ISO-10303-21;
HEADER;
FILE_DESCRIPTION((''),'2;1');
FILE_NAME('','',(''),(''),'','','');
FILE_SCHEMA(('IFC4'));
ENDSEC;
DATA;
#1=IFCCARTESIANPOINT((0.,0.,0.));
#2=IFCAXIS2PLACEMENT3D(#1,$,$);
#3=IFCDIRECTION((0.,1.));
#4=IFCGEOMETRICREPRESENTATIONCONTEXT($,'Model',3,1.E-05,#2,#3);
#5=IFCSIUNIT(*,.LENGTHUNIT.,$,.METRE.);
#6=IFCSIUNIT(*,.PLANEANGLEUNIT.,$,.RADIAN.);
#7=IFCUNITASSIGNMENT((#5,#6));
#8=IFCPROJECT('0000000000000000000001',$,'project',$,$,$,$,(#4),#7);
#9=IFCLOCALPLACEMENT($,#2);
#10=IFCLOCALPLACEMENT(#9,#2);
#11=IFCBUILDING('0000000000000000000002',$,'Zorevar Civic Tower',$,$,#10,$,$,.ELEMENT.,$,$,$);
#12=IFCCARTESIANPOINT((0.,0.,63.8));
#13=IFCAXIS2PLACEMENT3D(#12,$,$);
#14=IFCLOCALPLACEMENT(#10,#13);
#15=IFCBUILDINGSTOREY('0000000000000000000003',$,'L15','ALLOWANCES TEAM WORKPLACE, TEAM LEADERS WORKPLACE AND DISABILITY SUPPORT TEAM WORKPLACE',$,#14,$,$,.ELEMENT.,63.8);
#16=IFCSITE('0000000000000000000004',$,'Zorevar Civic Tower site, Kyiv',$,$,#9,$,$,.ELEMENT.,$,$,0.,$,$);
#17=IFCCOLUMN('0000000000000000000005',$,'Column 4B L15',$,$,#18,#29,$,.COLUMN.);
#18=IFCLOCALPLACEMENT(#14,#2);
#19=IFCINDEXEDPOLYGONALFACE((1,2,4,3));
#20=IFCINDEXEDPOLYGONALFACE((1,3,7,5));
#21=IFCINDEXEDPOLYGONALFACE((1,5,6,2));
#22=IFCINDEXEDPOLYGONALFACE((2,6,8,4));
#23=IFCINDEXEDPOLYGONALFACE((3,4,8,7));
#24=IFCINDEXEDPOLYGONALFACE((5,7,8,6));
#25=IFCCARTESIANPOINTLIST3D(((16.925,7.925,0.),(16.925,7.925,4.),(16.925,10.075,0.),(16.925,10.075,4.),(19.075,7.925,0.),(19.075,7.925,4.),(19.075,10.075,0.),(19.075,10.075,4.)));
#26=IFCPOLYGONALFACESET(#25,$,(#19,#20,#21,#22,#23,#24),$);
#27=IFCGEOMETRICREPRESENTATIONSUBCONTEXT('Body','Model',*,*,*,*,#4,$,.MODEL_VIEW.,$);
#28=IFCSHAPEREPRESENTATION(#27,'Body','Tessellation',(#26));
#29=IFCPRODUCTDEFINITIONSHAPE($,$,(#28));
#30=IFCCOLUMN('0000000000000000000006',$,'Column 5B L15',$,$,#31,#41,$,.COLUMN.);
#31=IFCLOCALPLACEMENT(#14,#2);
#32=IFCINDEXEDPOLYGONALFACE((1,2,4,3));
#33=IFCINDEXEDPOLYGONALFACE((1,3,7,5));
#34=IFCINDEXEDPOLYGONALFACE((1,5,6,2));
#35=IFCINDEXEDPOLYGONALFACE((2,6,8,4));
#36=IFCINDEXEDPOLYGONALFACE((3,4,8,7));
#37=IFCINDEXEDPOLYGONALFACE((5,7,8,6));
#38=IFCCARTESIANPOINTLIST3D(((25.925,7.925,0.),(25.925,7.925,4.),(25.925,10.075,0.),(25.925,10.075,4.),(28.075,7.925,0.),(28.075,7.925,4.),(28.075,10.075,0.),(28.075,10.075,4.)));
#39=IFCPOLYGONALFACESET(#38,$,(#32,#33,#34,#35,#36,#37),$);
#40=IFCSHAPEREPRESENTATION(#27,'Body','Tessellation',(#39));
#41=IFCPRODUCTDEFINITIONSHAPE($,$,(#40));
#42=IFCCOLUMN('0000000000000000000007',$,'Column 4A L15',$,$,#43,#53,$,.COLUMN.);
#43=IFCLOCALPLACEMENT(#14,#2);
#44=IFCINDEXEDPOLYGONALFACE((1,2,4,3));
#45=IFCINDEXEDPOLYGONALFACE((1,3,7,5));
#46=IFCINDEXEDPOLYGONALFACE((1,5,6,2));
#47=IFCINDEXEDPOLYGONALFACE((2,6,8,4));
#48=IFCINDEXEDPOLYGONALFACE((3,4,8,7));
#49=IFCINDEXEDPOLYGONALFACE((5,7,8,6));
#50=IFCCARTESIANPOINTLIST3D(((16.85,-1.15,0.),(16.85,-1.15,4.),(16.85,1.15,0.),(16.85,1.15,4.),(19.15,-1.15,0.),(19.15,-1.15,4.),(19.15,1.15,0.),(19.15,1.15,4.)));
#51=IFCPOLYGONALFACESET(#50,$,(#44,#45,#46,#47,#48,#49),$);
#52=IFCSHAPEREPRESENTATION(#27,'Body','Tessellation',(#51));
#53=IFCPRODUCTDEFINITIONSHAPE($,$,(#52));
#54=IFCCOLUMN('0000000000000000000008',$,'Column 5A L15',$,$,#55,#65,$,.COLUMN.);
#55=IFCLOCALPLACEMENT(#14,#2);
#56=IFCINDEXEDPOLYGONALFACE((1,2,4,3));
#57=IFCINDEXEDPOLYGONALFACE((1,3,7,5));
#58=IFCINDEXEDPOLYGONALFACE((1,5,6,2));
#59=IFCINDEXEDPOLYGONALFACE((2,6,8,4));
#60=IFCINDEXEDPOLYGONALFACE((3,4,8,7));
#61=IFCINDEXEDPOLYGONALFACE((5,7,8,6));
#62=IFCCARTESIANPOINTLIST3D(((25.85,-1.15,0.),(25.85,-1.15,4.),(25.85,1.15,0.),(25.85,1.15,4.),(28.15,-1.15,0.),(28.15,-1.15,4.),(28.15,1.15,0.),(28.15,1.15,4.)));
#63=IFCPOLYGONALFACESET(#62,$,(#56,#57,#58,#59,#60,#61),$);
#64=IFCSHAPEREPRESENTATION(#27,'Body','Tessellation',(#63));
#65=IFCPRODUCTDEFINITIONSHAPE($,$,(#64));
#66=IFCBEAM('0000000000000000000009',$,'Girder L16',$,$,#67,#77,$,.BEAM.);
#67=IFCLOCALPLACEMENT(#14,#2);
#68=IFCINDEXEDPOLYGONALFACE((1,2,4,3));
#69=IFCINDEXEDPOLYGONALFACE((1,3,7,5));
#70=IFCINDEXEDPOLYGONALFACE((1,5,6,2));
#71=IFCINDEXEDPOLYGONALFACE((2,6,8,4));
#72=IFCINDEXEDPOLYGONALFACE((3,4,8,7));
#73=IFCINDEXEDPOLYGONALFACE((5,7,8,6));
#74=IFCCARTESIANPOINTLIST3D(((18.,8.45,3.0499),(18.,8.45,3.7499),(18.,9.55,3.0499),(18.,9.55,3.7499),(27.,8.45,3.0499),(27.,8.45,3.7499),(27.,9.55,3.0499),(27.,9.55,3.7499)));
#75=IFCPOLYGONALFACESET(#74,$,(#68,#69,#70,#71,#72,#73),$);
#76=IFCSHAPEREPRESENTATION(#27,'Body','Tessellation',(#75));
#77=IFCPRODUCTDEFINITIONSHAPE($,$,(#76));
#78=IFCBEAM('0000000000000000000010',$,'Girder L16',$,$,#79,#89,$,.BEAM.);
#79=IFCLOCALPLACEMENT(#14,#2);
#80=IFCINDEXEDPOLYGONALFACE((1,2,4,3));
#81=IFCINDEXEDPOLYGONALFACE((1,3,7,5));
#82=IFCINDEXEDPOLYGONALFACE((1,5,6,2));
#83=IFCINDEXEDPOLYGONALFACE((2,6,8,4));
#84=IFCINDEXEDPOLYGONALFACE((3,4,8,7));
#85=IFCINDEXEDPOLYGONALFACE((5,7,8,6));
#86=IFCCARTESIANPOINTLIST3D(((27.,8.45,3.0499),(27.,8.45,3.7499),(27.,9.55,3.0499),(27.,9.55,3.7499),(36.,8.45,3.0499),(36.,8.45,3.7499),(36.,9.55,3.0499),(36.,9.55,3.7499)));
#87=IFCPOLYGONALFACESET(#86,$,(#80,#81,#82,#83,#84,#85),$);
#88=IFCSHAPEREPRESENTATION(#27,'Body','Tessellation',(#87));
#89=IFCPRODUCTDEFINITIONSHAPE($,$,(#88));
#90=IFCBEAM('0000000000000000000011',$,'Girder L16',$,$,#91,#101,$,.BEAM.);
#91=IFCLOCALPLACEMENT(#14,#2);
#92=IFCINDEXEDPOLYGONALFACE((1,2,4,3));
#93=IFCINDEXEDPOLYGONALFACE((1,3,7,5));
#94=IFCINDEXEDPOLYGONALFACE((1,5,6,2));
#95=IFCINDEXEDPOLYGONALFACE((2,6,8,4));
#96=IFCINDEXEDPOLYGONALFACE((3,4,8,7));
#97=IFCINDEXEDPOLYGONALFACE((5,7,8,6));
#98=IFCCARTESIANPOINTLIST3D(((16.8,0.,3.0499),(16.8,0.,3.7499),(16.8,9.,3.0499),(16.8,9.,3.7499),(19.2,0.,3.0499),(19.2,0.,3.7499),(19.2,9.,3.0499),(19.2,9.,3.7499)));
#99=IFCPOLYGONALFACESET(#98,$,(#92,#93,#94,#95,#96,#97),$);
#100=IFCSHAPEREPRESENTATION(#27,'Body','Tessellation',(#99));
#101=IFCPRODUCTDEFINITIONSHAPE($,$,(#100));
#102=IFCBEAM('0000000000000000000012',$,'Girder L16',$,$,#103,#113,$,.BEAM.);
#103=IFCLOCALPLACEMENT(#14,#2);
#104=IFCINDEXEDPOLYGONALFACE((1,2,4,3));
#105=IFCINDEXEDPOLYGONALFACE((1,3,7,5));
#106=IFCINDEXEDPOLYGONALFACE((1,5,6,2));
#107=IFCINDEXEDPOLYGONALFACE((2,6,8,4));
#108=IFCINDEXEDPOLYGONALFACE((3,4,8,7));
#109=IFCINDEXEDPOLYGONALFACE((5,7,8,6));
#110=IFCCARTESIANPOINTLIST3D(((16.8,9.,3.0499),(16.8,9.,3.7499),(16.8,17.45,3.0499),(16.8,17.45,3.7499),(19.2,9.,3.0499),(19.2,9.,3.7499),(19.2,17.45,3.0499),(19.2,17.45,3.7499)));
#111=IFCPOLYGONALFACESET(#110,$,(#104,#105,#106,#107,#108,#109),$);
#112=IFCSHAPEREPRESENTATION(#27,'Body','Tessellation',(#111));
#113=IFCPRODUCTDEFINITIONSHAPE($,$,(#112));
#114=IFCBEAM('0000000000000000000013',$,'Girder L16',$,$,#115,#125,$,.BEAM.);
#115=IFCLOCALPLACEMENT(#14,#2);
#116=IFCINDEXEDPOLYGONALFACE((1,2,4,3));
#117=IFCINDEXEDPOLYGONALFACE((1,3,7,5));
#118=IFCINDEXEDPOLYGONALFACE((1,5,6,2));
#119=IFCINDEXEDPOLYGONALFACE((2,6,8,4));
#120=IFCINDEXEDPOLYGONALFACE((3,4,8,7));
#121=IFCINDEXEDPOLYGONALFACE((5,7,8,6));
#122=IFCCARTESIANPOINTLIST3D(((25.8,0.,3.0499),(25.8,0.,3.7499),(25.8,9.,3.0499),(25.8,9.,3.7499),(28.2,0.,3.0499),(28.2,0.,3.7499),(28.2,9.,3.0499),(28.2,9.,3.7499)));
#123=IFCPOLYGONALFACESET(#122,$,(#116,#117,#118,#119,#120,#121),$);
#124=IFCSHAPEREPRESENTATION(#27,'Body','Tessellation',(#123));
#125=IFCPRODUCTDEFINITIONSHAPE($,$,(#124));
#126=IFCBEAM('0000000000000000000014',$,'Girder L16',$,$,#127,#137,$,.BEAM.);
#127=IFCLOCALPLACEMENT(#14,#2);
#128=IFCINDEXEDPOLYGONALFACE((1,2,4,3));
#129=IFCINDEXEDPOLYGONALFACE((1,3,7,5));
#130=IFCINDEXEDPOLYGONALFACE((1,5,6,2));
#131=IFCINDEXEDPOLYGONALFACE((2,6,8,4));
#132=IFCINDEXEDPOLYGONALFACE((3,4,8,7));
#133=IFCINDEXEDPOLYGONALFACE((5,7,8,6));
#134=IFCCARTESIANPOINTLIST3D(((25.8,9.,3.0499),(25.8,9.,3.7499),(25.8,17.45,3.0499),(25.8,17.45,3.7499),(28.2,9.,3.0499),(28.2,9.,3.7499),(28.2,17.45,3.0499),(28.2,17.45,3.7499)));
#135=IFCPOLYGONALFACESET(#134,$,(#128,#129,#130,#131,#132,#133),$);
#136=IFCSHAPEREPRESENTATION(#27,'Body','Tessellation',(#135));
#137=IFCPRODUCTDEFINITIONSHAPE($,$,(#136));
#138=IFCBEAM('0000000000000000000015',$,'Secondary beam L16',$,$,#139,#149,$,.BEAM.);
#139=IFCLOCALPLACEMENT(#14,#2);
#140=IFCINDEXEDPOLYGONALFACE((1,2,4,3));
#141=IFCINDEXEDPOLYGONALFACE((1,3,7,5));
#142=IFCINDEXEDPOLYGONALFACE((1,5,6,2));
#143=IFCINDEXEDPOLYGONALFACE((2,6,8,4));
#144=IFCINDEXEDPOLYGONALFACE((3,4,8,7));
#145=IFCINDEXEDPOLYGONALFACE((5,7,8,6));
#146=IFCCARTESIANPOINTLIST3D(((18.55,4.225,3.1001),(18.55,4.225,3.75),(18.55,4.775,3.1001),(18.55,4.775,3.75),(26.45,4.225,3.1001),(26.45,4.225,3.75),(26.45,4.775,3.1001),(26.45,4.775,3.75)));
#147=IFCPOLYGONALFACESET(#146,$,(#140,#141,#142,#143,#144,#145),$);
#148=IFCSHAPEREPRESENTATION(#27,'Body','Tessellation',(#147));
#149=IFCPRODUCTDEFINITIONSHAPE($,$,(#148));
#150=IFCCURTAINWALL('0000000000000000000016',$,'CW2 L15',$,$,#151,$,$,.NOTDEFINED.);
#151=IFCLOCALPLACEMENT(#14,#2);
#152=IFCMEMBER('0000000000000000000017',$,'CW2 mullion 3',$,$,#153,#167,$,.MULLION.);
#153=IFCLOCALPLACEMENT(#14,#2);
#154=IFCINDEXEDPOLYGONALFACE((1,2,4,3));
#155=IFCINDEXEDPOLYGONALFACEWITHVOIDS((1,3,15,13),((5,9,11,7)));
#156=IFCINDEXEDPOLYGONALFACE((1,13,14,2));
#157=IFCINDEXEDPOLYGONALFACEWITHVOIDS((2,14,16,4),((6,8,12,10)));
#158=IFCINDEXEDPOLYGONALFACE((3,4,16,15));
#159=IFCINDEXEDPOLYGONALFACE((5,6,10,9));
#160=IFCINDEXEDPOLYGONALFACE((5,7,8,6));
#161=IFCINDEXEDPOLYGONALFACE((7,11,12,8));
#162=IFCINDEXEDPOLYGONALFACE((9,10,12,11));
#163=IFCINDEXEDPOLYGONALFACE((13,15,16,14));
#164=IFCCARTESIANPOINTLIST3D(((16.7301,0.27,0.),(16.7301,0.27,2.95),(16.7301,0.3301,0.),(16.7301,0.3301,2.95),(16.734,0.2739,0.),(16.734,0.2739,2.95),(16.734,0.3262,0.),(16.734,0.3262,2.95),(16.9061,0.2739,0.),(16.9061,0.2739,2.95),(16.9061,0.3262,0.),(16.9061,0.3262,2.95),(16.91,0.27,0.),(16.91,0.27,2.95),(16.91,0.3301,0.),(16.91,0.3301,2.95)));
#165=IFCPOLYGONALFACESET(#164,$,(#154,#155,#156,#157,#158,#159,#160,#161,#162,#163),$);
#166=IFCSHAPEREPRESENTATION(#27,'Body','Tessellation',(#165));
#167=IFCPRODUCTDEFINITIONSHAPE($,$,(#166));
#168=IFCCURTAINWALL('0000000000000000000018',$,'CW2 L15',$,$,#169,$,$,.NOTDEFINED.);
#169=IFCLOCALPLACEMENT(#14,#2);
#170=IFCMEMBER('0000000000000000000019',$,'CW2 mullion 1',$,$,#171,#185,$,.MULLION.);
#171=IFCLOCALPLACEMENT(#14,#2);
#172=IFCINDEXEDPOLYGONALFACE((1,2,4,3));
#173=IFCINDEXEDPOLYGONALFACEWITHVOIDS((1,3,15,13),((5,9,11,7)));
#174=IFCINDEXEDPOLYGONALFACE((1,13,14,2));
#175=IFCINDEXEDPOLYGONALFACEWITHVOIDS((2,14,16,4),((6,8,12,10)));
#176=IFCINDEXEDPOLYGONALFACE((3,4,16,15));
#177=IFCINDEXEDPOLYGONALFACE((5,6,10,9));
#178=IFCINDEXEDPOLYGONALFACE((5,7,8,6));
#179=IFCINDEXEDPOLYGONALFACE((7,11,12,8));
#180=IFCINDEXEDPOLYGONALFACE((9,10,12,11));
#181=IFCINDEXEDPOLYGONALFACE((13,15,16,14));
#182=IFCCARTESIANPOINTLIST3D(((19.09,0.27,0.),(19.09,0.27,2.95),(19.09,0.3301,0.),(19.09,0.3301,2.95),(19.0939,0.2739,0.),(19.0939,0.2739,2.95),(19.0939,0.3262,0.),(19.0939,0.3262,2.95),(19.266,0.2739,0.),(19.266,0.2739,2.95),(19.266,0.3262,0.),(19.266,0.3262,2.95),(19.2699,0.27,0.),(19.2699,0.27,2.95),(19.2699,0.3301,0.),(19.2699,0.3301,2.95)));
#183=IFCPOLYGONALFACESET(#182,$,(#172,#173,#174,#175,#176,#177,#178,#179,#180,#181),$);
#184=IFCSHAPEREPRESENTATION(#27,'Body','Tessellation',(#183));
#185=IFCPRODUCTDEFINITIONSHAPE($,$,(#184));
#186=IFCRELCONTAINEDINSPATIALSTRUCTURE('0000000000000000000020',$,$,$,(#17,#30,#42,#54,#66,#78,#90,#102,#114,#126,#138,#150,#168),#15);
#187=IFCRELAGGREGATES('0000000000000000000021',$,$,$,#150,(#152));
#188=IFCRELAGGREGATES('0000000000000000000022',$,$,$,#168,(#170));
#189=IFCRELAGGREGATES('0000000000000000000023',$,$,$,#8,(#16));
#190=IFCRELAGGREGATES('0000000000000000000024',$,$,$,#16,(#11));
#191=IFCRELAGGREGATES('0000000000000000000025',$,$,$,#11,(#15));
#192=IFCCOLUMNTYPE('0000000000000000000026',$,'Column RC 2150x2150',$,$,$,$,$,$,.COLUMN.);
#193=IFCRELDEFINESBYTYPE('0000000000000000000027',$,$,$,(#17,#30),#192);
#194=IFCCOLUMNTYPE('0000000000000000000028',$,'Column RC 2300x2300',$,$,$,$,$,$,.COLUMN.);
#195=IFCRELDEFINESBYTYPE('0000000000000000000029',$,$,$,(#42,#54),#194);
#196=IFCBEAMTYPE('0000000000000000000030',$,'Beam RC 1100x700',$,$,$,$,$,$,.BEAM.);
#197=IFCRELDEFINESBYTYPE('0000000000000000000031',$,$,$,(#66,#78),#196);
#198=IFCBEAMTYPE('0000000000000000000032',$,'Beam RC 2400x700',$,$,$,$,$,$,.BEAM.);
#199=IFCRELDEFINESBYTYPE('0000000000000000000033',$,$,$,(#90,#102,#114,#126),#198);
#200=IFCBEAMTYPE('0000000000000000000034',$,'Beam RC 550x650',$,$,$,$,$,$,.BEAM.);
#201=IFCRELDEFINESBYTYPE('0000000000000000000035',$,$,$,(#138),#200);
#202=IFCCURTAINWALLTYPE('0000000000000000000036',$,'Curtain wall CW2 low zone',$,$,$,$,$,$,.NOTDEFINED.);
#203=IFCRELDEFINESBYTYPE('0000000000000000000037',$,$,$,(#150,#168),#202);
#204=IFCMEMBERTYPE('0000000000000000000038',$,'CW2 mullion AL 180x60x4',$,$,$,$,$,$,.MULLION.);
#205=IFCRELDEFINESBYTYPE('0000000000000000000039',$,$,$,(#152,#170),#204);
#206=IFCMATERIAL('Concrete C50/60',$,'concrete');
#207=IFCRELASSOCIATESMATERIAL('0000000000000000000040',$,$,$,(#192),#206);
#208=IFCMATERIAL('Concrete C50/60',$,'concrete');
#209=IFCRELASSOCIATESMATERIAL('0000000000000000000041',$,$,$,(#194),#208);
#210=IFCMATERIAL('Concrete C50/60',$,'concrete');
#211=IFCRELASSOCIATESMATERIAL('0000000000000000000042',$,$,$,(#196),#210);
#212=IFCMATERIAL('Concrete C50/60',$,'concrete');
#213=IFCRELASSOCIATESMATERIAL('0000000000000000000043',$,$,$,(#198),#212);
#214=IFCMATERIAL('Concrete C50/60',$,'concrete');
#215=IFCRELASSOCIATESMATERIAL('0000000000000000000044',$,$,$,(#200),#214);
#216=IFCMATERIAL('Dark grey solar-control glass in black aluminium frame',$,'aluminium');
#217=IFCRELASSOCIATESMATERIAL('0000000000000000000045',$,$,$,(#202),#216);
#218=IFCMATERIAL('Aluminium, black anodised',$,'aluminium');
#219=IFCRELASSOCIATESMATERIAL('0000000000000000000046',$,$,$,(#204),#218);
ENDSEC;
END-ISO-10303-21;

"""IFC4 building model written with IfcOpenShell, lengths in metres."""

from ifc_helpers import new_model, si_unit, direction, frame, origin, origin_2d, place, context, subcontext, project, spatial, rectangle, hollow_rectangle, extrude, material, material_profile, profile_set, type_object, element, aggregate, save


model = new_model("IFC4")

# Units and contexts
model_context = context("Model", 3, precision=1e-05, world=origin(), true_north=direction((0.0, 1.0)))
body_context = subcontext(model_context, "Body", "Model", "MODEL_VIEW")
ifc_project = project(units=[si_unit("LENGTHUNIT", "METRE"), si_unit("PLANEANGLEUNIT", "RADIAN")], contexts=[model_context])

# Site, building, storey
site_placement = place(None, origin())
site = spatial("IfcSite", under=ifc_project, at=site_placement, Name="Zorevar Civic Tower site, Kyiv", CompositionType="ELEMENT", RefElevation=0.0)
building_placement = place(site_placement, origin())
building = spatial("IfcBuilding", under=site, at=building_placement, Name="Zorevar Civic Tower", CompositionType="ELEMENT")
storey_placement = place(building_placement, frame((0.0, 0.0, 63.8)))
storey = spatial("IfcBuildingStorey", under=building, at=storey_placement, Name="L15", Description="ALLOWANCES TEAM WORKPLACE, TEAM LEADERS WORKPLACE AND DISABILITY SUPPORT TEAM WORKPLACE", CompositionType="ELEMENT", Elevation=63.8)

# Columns
ifc_material_1 = material(Name="Concrete C50/60", Category="concrete")
ifc_material_profile_1 = material_profile(ifc_material_1, rectangle(XDim=2.1499, YDim=2.1499, at=origin_2d()), Name="RC 2150x2150")
ifc_profile_set_1 = profile_set([ifc_material_profile_1], Name="Concrete C50/60")
column_type_1 = type_object("IfcColumnType", Name="Column RC 2150x2150", PredefinedType="COLUMN", material=ifc_profile_set_1)
for number, where, z_axis, x_axis, name in (
    (1, (18.0, 9.0, 0.0), (0.0, 0.0, 1.0), (1.0, 0.0, 0.0), "Column 4B L15"),
    (2, (27.0, 9.0, 0.0), (0.0, 0.0, 1.0), (1.0, 0.0, 0.0), "Column 5B L15"),
):
    element("IfcColumn", number, at=place(storey_placement, frame(where, z_axis=z_axis, x_axis=x_axis)), inside=storey, type_object=column_type_1, Name=name, PredefinedType="COLUMN", context=body_context, shape_type="SweptSolid", body=[
        extrude(rectangle(XDim=2.1499, YDim=2.1499, at=origin_2d()), origin(), (0.0, 0.0, 1.0), 4.0),
    ])
ifc_material_2 = material(Name="Concrete C50/60", Category="concrete")
ifc_material_profile_2 = material_profile(ifc_material_2, rectangle(XDim=2.3, YDim=2.3, at=origin_2d()), Name="RC 2300x2300")
ifc_profile_set_2 = profile_set([ifc_material_profile_2], Name="Concrete C50/60")
column_type_2 = type_object("IfcColumnType", Name="Column RC 2300x2300", PredefinedType="COLUMN", material=ifc_profile_set_2)
for number, where, z_axis, x_axis, name in (
    (3, (18.0, 0.0, 0.0), (0.0, 0.0, 1.0), (1.0, 0.0, 0.0), "Column 4A L15"),
    (4, (27.0, 0.0, 0.0), (0.0, 0.0, 1.0), (1.0, 0.0, 0.0), "Column 5A L15"),
):
    element("IfcColumn", number, at=place(storey_placement, frame(where, z_axis=z_axis, x_axis=x_axis)), inside=storey, type_object=column_type_2, Name=name, PredefinedType="COLUMN", context=body_context, shape_type="SweptSolid", body=[
        extrude(rectangle(XDim=2.3, YDim=2.3, at=origin_2d()), origin(), (0.0, 0.0, 1.0), 4.0),
    ])

# Beams
ifc_material_3 = material(Name="Concrete C50/60", Category="concrete")
ifc_material_profile_3 = material_profile(ifc_material_3, rectangle(XDim=1.1001, YDim=0.7, at=origin_2d()), Name="RC 1100x700")
ifc_profile_set_3 = profile_set([ifc_material_profile_3], Name="Concrete C50/60")
beam_type_1 = type_object("IfcBeamType", Name="Beam RC 1100x700", PredefinedType="BEAM", material=ifc_profile_set_3)
for number, where, z_axis, x_axis, name in (
    (5, (18.0, 9.0, 3.3999), (1.0, 0.0, 0.0), (0.0, 1.0, 0.0), "Girder L16"),
    (6, (27.0, 9.0, 3.3999), (1.0, 0.0, 0.0), (0.0, 1.0, 0.0), "Girder L16"),
):
    element("IfcBeam", number, at=place(storey_placement, frame(where, z_axis=z_axis, x_axis=x_axis)), inside=storey, type_object=beam_type_1, Name=name, PredefinedType="BEAM", context=body_context, shape_type="SweptSolid", body=[
        extrude(rectangle(XDim=1.1001, YDim=0.7, at=origin_2d()), origin(), (0.0, 0.0, 1.0), 9.0),
    ])
ifc_material_4 = material(Name="Concrete C50/60", Category="concrete")
ifc_material_profile_4 = material_profile(ifc_material_4, rectangle(XDim=2.3999, YDim=0.7, at=origin_2d()), Name="RC 2400x700")
ifc_profile_set_4 = profile_set([ifc_material_profile_4], Name="Concrete C50/60")
beam_type_2 = type_object("IfcBeamType", Name="Beam RC 2400x700", PredefinedType="BEAM", material=ifc_profile_set_4)
beam_1_placement = place(storey_placement, frame((18.0, 0.0, 3.3999), z_axis=(0.0, 1.0, 0.0), x_axis=(-1.0, 0.0, 0.0)))
element("IfcBeam", 7, at=beam_1_placement, inside=storey, type_object=beam_type_2, Name="Girder L16", PredefinedType="BEAM", context=body_context, shape_type="SweptSolid", body=[
    extrude(rectangle(XDim=2.3999, YDim=0.7, at=origin_2d()), origin(), (0.0, 0.0, 1.0), 9.0),
])
beam_2_placement = place(storey_placement, frame((18.0, 9.0, 3.3999), z_axis=(0.0, 1.0, 0.0), x_axis=(-1.0, 0.0, 0.0)))
element("IfcBeam", 8, at=beam_2_placement, inside=storey, type_object=beam_type_2, Name="Girder L16", PredefinedType="BEAM", context=body_context, shape_type="SweptSolid", body=[
    extrude(rectangle(XDim=2.3999, YDim=0.7, at=origin_2d()), origin(), (0.0, 0.0, 1.0), 8.45),
])
beam_3_placement = place(storey_placement, frame((27.0, 0.0, 3.3999), z_axis=(0.0, 1.0, 0.0), x_axis=(-1.0, 0.0, 0.0)))
element("IfcBeam", 9, at=beam_3_placement, inside=storey, type_object=beam_type_2, Name="Girder L16", PredefinedType="BEAM", context=body_context, shape_type="SweptSolid", body=[
    extrude(rectangle(XDim=2.3999, YDim=0.7, at=origin_2d()), origin(), (0.0, 0.0, 1.0), 9.0),
])
beam_4_placement = place(storey_placement, frame((27.0, 9.0, 3.3999), z_axis=(0.0, 1.0, 0.0), x_axis=(-1.0, 0.0, 0.0)))
element("IfcBeam", 10, at=beam_4_placement, inside=storey, type_object=beam_type_2, Name="Girder L16", PredefinedType="BEAM", context=body_context, shape_type="SweptSolid", body=[
    extrude(rectangle(XDim=2.3999, YDim=0.7, at=origin_2d()), origin(), (0.0, 0.0, 1.0), 8.45),
])
ifc_material_5 = material(Name="Concrete C50/60", Category="concrete")
ifc_material_profile_5 = material_profile(ifc_material_5, rectangle(XDim=0.55, YDim=0.6499, at=origin_2d()), Name="RC 550x650")
ifc_profile_set_5 = profile_set([ifc_material_profile_5], Name="Concrete C50/60")
beam_type_3 = type_object("IfcBeamType", Name="Beam RC 550x650", PredefinedType="BEAM", material=ifc_profile_set_5)
beam_5_placement = place(storey_placement, frame((18.55, 4.5, 3.425), z_axis=(1.0, 0.0, 0.0), x_axis=(0.0, 1.0, 0.0)))
element("IfcBeam", 11, at=beam_5_placement, inside=storey, type_object=beam_type_3, Name="Secondary beam L16", PredefinedType="BEAM", context=body_context, shape_type="SweptSolid", body=[
    extrude(rectangle(XDim=0.55, YDim=0.6499, at=origin_2d()), origin(), (0.0, 0.0, 1.0), 7.8999),
])

# Curtain wall, member
ifc_material_6 = material(Name="Dark grey solar-control glass in black aluminium frame", Category="aluminium")
curtain_wall_type = type_object("IfcCurtainWallType", Name="Curtain wall CW2 low zone", PredefinedType="NOTDEFINED", material=ifc_material_6)
curtain_wall_1_placement = place(storey_placement, origin())
curtain_wall_1 = element("IfcCurtainWall", 12, at=curtain_wall_1_placement, inside=storey, type_object=curtain_wall_type, Name="CW2 L15", PredefinedType="NOTDEFINED")
ifc_material_7 = material(Name="Aluminium, black anodised", Category="aluminium")
ifc_material_profile_6 = material_profile(ifc_material_7, hollow_rectangle(XDim=0.0601, YDim=0.1799, WallThickness=0.0039, at=origin_2d()), Name="AL 180x60x4")
ifc_profile_set_6 = profile_set([ifc_material_profile_6], Name="Aluminium, black anodised")
member_type_1 = type_object("IfcMemberType", Name="CW2 mullion AL 180x60x4", PredefinedType="MULLION", material=ifc_profile_set_6)
member_1_placement = place(storey_placement, frame((16.8201, 0.3, 0.0), z_axis=(0.0, 0.0, 1.0), x_axis=(0.0, 1.0, 0.0)))
member_1 = element("IfcMember", 13, at=member_1_placement, type_object=member_type_1, Name="CW2 mullion 3", PredefinedType="MULLION", context=body_context, shape_type="SweptSolid", body=[
    extrude(hollow_rectangle(XDim=0.0601, YDim=0.1799, WallThickness=0.0039, at=origin_2d()), origin(), (0.0, 0.0, 1.0), 2.95),
])
aggregate(curtain_wall_1, [member_1])

# Curtain wall, member
curtain_wall_2_placement = place(storey_placement, origin())
curtain_wall_2 = element("IfcCurtainWall", 14, at=curtain_wall_2_placement, inside=storey, type_object=curtain_wall_type, Name="CW2 L15", PredefinedType="NOTDEFINED")
member_2_placement = place(storey_placement, frame((19.1799, 0.3, 0.0), z_axis=(0.0, 0.0, 1.0), x_axis=(0.0, 1.0, 0.0)))
member_2 = element("IfcMember", 15, at=member_2_placement, type_object=member_type_1, Name="CW2 mullion 1", PredefinedType="MULLION", context=body_context, shape_type="SweptSolid", body=[
    extrude(hollow_rectangle(XDim=0.0601, YDim=0.1799, WallThickness=0.0039, at=origin_2d()), origin(), (0.0, 0.0, 1.0), 2.95),
])

aggregate(curtain_wall_2, [member_2])

save(model, "model.ifc")
